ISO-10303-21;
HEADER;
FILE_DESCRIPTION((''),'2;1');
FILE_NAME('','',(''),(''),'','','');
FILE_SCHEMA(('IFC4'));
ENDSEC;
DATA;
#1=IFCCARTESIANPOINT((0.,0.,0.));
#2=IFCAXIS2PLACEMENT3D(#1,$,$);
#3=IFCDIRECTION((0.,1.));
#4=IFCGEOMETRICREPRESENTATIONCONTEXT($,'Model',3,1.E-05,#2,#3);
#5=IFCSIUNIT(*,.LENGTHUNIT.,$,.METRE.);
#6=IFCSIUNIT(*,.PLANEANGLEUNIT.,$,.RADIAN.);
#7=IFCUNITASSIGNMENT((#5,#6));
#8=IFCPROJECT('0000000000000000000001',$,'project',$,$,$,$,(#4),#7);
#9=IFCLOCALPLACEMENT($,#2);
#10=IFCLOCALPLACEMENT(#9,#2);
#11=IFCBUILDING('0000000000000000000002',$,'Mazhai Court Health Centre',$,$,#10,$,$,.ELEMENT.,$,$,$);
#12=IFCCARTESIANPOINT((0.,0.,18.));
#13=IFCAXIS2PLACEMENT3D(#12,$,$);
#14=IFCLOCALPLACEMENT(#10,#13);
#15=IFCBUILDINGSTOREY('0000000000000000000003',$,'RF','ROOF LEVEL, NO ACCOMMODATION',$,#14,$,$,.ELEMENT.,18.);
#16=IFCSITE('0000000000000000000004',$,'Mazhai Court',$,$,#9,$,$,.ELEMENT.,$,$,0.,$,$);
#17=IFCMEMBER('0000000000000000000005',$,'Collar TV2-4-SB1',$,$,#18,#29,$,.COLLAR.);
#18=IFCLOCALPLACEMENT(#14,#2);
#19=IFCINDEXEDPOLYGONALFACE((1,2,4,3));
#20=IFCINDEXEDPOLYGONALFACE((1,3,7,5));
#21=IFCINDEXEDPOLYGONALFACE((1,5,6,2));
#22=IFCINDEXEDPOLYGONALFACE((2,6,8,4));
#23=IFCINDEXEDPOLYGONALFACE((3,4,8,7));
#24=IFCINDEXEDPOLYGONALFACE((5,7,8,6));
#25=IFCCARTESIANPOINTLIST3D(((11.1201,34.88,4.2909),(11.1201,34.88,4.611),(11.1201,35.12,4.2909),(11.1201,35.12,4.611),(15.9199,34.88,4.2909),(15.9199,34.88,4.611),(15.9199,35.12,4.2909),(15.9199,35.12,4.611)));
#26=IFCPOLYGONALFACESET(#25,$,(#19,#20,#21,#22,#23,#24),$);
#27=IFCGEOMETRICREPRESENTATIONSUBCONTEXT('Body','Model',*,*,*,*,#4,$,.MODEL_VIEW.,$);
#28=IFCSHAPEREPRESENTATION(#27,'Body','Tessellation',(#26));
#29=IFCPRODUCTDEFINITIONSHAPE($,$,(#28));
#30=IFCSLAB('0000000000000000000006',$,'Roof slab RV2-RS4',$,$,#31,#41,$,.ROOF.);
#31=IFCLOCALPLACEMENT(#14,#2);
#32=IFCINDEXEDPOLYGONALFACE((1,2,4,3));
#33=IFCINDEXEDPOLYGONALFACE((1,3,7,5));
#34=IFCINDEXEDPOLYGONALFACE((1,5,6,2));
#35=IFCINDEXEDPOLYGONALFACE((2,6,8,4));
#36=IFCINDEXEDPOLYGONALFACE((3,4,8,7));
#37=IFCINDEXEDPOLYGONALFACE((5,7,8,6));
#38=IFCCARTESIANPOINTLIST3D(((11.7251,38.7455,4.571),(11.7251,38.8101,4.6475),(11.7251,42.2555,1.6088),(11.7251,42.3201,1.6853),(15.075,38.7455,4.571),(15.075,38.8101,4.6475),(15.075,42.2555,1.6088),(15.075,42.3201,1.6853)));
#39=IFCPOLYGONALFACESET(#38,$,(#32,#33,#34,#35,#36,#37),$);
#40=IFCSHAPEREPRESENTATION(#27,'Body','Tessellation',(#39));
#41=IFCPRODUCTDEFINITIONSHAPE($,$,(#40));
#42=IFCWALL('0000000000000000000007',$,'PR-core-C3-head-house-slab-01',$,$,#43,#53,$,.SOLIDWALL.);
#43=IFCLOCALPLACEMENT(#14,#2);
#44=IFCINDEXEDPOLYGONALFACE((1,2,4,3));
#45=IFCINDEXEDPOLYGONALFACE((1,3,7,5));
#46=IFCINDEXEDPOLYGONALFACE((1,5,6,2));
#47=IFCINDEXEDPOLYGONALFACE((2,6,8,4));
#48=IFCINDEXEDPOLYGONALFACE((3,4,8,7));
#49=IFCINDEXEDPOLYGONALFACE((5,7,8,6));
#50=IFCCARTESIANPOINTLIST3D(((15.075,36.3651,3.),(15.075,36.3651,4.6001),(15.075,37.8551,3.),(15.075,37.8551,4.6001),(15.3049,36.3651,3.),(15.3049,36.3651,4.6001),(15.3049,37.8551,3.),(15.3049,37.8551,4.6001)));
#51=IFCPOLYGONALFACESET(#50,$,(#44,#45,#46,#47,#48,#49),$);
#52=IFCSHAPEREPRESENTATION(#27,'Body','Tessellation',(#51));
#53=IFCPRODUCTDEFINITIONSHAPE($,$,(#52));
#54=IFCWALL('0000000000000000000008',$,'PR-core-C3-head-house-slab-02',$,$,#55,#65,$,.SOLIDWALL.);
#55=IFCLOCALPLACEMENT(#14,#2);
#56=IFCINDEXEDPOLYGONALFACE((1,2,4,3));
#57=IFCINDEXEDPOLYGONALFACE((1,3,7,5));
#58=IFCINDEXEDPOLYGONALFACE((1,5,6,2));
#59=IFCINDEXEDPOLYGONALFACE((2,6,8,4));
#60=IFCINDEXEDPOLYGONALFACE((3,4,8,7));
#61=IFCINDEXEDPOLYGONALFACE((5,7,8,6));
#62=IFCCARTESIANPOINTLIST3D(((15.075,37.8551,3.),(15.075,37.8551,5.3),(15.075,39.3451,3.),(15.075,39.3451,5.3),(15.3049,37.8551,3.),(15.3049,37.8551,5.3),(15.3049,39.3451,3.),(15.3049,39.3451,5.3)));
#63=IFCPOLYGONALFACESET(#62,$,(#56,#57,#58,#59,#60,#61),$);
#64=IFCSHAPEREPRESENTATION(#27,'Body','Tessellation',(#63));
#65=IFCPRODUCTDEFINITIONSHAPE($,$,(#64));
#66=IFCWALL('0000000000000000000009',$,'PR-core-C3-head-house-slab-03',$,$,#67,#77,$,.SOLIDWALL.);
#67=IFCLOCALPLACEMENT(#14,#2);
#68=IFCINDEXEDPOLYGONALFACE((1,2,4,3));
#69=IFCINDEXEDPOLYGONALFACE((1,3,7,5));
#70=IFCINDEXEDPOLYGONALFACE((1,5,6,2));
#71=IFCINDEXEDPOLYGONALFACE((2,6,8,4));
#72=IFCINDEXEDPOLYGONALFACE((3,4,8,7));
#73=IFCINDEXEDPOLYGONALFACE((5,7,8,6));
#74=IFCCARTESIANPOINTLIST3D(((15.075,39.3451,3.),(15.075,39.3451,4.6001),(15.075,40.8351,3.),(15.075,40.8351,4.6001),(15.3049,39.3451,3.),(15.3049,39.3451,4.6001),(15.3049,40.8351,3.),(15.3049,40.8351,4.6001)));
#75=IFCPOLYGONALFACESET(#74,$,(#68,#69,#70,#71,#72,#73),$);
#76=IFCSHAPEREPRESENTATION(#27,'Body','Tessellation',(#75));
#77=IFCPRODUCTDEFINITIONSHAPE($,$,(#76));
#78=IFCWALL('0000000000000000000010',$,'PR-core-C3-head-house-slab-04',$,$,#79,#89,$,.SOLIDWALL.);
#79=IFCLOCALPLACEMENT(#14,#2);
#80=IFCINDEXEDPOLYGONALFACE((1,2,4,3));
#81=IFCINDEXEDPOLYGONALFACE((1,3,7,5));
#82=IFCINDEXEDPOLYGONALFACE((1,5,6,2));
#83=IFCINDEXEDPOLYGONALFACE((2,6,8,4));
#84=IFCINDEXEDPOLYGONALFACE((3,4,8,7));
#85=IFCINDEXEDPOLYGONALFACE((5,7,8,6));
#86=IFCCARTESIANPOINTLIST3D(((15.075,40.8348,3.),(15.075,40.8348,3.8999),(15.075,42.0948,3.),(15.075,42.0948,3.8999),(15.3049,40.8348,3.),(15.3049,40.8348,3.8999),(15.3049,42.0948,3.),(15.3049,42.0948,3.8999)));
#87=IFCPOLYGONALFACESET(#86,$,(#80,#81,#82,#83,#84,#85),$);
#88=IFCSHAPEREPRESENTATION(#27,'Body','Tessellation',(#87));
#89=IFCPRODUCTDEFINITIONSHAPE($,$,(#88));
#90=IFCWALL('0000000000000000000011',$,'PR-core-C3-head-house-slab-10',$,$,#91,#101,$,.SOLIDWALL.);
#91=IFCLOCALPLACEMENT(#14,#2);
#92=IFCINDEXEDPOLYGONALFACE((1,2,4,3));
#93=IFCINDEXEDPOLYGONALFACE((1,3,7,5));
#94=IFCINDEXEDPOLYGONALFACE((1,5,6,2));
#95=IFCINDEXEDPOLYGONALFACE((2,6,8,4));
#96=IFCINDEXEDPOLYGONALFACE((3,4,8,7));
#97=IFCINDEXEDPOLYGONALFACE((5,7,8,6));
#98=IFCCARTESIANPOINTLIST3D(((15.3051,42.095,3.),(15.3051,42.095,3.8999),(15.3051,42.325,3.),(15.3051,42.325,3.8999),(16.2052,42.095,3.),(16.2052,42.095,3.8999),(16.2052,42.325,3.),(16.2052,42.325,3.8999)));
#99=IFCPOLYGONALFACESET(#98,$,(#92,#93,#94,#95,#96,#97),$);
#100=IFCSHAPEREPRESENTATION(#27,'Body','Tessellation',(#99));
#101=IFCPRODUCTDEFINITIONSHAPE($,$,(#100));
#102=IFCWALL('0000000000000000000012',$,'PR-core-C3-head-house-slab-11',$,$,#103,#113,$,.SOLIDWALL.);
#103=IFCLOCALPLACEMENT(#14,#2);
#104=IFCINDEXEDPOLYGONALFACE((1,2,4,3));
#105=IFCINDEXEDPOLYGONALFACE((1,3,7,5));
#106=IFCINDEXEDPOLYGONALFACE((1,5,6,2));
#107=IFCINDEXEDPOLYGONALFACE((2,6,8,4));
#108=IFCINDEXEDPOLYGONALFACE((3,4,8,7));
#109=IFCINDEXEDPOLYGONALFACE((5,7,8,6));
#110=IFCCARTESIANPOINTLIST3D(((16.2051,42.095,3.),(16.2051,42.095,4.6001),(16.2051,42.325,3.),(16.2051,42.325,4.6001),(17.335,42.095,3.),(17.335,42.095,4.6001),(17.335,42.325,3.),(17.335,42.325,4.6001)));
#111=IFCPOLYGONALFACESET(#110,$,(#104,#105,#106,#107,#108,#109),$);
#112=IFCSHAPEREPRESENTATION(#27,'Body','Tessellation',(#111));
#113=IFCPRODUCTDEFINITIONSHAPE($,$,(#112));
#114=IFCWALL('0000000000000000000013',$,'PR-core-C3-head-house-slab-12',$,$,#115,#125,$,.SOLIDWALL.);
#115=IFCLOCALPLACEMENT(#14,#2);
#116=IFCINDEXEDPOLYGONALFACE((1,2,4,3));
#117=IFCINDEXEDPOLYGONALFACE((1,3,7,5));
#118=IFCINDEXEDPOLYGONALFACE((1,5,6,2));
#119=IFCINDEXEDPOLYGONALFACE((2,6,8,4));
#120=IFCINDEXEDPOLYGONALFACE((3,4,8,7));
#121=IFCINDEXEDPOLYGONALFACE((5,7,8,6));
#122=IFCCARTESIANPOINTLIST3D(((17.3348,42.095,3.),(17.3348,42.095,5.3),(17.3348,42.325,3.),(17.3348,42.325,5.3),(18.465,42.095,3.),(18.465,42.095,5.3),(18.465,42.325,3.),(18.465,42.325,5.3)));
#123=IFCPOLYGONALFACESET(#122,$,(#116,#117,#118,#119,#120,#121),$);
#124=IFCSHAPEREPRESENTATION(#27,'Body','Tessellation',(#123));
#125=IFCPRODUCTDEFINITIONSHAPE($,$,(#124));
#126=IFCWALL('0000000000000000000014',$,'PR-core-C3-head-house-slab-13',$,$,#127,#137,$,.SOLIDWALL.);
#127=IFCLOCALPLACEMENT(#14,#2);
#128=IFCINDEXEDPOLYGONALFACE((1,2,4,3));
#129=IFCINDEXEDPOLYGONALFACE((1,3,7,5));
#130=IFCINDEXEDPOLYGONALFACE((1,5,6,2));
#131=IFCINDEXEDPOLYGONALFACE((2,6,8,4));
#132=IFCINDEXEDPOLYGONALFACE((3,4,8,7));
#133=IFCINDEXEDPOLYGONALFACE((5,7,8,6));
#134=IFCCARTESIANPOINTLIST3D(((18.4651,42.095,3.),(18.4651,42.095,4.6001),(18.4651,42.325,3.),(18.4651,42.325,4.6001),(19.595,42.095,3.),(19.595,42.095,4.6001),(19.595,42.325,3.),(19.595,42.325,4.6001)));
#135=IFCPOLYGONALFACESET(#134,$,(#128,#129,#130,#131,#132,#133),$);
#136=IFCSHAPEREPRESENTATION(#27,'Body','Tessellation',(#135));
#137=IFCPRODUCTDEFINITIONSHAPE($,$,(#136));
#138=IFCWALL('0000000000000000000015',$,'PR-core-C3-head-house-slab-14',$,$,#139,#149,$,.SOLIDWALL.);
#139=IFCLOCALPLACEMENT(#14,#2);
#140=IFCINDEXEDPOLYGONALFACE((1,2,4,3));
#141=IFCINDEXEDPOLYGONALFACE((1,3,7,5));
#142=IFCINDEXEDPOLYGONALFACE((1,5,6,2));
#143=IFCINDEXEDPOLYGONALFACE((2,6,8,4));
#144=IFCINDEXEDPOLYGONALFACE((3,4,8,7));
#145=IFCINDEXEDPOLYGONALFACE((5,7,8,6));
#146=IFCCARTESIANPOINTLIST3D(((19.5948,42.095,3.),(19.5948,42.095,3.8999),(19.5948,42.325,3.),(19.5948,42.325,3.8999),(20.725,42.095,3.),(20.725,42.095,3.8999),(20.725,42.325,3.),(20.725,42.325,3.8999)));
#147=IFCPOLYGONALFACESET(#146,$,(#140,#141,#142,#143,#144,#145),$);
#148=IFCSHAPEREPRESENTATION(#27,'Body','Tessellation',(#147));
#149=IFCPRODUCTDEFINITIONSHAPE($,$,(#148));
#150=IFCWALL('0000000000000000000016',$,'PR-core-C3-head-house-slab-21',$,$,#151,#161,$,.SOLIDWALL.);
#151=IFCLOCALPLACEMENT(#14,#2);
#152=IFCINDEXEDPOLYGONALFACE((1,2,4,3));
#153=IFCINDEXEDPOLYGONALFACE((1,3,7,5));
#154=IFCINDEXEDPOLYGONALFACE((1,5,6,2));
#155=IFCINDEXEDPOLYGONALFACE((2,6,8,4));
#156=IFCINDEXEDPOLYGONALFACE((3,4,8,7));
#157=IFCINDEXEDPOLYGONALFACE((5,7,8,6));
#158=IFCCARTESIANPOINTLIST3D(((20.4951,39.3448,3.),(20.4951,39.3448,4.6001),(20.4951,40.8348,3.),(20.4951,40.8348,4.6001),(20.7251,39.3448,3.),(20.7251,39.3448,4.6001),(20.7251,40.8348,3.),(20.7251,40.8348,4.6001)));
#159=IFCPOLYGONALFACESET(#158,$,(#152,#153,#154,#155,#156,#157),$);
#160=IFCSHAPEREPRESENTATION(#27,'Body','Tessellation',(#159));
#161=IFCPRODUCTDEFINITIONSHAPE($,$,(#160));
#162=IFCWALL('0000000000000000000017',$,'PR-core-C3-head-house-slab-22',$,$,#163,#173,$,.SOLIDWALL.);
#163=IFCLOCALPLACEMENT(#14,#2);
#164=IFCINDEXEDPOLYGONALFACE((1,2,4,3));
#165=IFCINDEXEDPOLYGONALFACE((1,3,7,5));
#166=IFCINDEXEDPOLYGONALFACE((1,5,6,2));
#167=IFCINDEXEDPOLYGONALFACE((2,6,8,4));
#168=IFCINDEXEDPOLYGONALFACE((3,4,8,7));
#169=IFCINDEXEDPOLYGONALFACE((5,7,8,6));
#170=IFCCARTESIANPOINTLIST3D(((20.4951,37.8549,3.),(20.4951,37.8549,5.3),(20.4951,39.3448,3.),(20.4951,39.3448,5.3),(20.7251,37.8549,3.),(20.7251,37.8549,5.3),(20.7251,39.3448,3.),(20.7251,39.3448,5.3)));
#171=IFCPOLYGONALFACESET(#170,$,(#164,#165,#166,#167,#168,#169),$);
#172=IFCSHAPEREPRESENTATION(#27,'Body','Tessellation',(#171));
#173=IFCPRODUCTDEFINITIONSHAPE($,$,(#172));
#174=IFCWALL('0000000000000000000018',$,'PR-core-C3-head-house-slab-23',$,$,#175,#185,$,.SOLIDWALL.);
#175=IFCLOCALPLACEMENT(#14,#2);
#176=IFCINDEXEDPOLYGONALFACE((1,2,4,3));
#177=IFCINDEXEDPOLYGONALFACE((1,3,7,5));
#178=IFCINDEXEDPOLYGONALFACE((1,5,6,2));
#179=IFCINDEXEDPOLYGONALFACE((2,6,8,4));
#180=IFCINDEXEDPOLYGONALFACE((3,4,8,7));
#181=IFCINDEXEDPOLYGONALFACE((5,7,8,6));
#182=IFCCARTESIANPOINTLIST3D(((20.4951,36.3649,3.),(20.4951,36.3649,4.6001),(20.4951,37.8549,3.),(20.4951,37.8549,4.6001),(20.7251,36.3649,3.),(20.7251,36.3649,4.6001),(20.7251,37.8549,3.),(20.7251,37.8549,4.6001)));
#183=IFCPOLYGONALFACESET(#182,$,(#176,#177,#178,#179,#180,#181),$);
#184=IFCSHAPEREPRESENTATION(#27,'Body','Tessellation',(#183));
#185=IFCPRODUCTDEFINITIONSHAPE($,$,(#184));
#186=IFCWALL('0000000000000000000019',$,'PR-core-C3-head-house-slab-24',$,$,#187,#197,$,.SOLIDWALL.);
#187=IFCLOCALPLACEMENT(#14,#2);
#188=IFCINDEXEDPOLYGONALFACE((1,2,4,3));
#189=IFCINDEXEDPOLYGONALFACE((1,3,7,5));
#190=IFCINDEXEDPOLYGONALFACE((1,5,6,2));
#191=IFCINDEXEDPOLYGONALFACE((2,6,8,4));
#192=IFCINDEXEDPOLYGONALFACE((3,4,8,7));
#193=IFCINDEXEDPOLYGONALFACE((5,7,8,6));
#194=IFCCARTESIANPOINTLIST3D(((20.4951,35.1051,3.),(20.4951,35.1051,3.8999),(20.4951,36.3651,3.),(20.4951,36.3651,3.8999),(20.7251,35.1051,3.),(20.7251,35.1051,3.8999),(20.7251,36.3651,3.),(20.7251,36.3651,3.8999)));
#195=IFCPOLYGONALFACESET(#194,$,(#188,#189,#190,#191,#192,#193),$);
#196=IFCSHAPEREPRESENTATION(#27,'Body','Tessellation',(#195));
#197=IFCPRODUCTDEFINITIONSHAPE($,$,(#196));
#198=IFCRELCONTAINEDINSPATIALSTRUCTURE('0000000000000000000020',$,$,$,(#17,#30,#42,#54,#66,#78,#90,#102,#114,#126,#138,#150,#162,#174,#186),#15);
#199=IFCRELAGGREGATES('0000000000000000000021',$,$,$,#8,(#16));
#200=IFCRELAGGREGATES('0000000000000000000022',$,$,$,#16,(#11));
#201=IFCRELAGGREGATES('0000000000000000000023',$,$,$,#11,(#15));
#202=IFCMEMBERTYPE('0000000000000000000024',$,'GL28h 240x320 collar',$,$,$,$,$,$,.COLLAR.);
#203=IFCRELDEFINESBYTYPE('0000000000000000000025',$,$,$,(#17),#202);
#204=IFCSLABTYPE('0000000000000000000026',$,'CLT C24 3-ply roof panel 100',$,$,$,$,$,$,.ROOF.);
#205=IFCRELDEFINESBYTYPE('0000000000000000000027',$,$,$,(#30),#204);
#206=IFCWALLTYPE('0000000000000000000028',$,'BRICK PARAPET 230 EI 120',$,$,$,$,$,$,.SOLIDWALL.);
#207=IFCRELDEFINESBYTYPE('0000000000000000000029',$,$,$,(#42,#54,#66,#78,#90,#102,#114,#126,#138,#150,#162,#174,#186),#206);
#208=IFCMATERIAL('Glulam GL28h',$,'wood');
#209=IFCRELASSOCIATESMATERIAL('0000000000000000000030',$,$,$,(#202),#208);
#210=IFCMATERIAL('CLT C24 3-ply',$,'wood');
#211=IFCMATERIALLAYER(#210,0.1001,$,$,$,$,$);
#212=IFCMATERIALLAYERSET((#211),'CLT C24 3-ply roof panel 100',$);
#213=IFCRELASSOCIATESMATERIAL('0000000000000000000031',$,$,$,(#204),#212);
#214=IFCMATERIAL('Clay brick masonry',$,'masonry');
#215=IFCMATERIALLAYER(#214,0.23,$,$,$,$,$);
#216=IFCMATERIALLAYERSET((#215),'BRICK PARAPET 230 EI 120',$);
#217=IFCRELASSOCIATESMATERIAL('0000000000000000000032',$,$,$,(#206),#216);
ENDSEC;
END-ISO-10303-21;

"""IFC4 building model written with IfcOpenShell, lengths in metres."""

from ifc_helpers import new_model, si_unit, direction, frame, frame_2d, origin, origin_2d, place, context, subcontext, project, spatial, polyline, rectangle, outline, extrude, material, layer, layer_set, material_profile, profile_set, type_object, element, save


model = new_model("IFC4")

# Units and contexts
model_context = context("Model", 3, precision=1e-05, world=origin(), true_north=direction((0.0, 1.0)))
body_context = subcontext(model_context, "Body", "Model", "MODEL_VIEW")
ifc_project = project(units=[si_unit("LENGTHUNIT", "METRE"), si_unit("PLANEANGLEUNIT", "RADIAN")], contexts=[model_context])

# Site, building, storey
site_placement = place(None, origin())
site = spatial("IfcSite", under=ifc_project, at=site_placement, Name="Mazhai Court", CompositionType="ELEMENT", RefElevation=0.0)
building_placement = place(site_placement, origin())
building = spatial("IfcBuilding", under=site, at=building_placement, Name="Mazhai Court Health Centre", CompositionType="ELEMENT")
storey_placement = place(building_placement, frame((0.0, 0.0, 18.0)))
storey = spatial("IfcBuildingStorey", under=building, at=storey_placement, Name="RF", Description="ROOF LEVEL, NO ACCOMMODATION", CompositionType="ELEMENT", Elevation=18.0)

# Member
ifc_material_1 = material(Name="Glulam GL28h", Category="wood")
ifc_material_profile = material_profile(ifc_material_1, rectangle(XDim=0.24, YDim=0.3201, at=origin_2d()), Name="GL28h 240x320")
ifc_profile_set = profile_set([ifc_material_profile], Name="Glulam GL28h")
member_type = type_object("IfcMemberType", Name="GL28h 240x320 collar", PredefinedType="COLLAR", material=ifc_profile_set)
member_placement = place(storey_placement, frame((15.9199, 35.0, 4.4509), z_axis=(-1.0, 0.0, 0.0), x_axis=(0.0, -1.0, 0.0)))
element("IfcMember", 1, at=member_placement, inside=storey, type_object=member_type, Name="Collar TV2-4-SB1", PredefinedType="COLLAR", context=body_context, shape_type="SweptSolid", body=[
    extrude(rectangle(XDim=0.24, YDim=0.3201, at=origin_2d()), origin(), (0.0, 0.0, 1.0), 4.7998),
])

# Slab
ifc_material_2 = material(Name="CLT C24 3-ply", Category="wood")
ifc_layer_1 = layer(ifc_material_2, 0.1001)
ifc_layer_set_1 = layer_set([ifc_layer_1], Name="CLT C24 3-ply roof panel 100")
slab_type = type_object("IfcSlabType", Name="CLT C24 3-ply roof panel 100", PredefinedType="ROOF", material=ifc_layer_set_1)
slab_placement = place(storey_placement, frame((15.075, 42.3201, 1.6853), z_axis=(0.0, 0.644946, 0.764228), x_axis=(0.0, -0.764228, 0.644946)))
element("IfcSlab", 2, at=slab_placement, inside=storey, type_object=slab_type, Name="Roof slab RV2-RS4", PredefinedType="ROOF", context=body_context, shape_type="SweptSolid", body=[
    extrude(outline(polyline([(0.0, 0.0), (4.5929, 0.0), (4.5929, -3.3499), (0.0, -3.3499), (0.0, 0.0)])), origin(), (0.0, 0.0, -1.0), 0.1001),
])

# Walls
ifc_material_3 = material(Name="Clay brick masonry", Category="masonry")
ifc_layer_2 = layer(ifc_material_3, 0.23)
ifc_layer_set_2 = layer_set([ifc_layer_2], Name="BRICK PARAPET 230 EI 120")
wall_type_1 = type_object("IfcWallType", Name="BRICK PARAPET 230 EI 120", PredefinedType="SOLIDWALL", material=ifc_layer_set_2)
wall_1_placement = place(storey_placement, frame((15.1899, 36.365, 3.0), z_axis=(0.0, 0.0, 1.0), x_axis=(0.0, 1.0, 0.0)))
element("IfcWall", 3, at=wall_1_placement, inside=storey, type_object=wall_type_1, Name="PR-core-C3-head-house-slab-01", PredefinedType="SOLIDWALL", context=body_context, shape_type="SweptSolid", body=[
    extrude(rectangle(XDim=1.49, YDim=0.23, at=frame_2d((0.7451, 0.0))), origin(), (0.0, 0.0, 1.0), 1.6001),
])
wall_2_placement = place(storey_placement, frame((15.1899, 37.855, 3.0), z_axis=(0.0, 0.0, 1.0), x_axis=(0.0, 1.0, 0.0)))
element("IfcWall", 4, at=wall_2_placement, inside=storey, type_object=wall_type_1, Name="PR-core-C3-head-house-slab-02", PredefinedType="SOLIDWALL", context=body_context, shape_type="SweptSolid", body=[
    extrude(rectangle(XDim=1.49, YDim=0.23, at=frame_2d((0.7451, 0.0))), origin(), (0.0, 0.0, 1.0), 2.3),
])
wall_3_placement = place(storey_placement, frame((15.1899, 39.345, 3.0), z_axis=(0.0, 0.0, 1.0), x_axis=(0.0, 1.0, 0.0)))
element("IfcWall", 5, at=wall_3_placement, inside=storey, type_object=wall_type_1, Name="PR-core-C3-head-house-slab-03", PredefinedType="SOLIDWALL", context=body_context, shape_type="SweptSolid", body=[
    extrude(rectangle(XDim=1.49, YDim=0.23, at=frame_2d((0.7451, 0.0))), origin(), (0.0, 0.0, 1.0), 1.6001),
])
wall_4_placement = place(storey_placement, frame((15.1899, 40.835, 3.0), z_axis=(0.0, 0.0, 1.0), x_axis=(0.0, 1.0, 0.0)))
element("IfcWall", 6, at=wall_4_placement, inside=storey, type_object=wall_type_1, Name="PR-core-C3-head-house-slab-04", PredefinedType="SOLIDWALL", context=body_context, shape_type="SweptSolid", body=[
    extrude(rectangle(XDim=1.26, YDim=0.23, at=frame_2d((0.6299, 0.0))), origin(), (0.0, 0.0, 1.0), 0.8999),
])
wall_5_placement = place(storey_placement, frame((15.3049, 42.21, 3.0), z_axis=(0.0, 0.0, 1.0), x_axis=(1.0, 0.0, 0.0)))
element("IfcWall", 7, at=wall_5_placement, inside=storey, type_object=wall_type_1, Name="PR-core-C3-head-house-slab-10", PredefinedType="SOLIDWALL", context=body_context, shape_type="SweptSolid", body=[
    extrude(rectangle(XDim=0.9001, YDim=0.23, at=frame_2d((0.4502, 0.0))), origin(), (0.0, 0.0, 1.0), 0.8999),
])
wall_6_placement = place(storey_placement, frame((16.2051, 42.21, 3.0), z_axis=(0.0, 0.0, 1.0), x_axis=(1.0, 0.0, 0.0)))
element("IfcWall", 8, at=wall_6_placement, inside=storey, type_object=wall_type_1, Name="PR-core-C3-head-house-slab-11", PredefinedType="SOLIDWALL", context=body_context, shape_type="SweptSolid", body=[
    extrude(rectangle(XDim=1.1299, YDim=0.23, at=frame_2d((0.5649, 0.0))), origin(), (0.0, 0.0, 1.0), 1.6001),
])
wall_7_placement = place(storey_placement, frame((17.335, 42.21, 3.0), z_axis=(0.0, 0.0, 1.0), x_axis=(1.0, 0.0, 0.0)))
element("IfcWall", 9, at=wall_7_placement, inside=storey, type_object=wall_type_1, Name="PR-core-C3-head-house-slab-12", PredefinedType="SOLIDWALL", context=body_context, shape_type="SweptSolid", body=[
    extrude(rectangle(XDim=1.1301, YDim=0.23, at=frame_2d((0.5649, 0.0))), origin(), (0.0, 0.0, 1.0), 2.3),
])
wall_8_placement = place(storey_placement, frame((18.4651, 42.21, 3.0), z_axis=(0.0, 0.0, 1.0), x_axis=(1.0, 0.0, 0.0)))
element("IfcWall", 10, at=wall_8_placement, inside=storey, type_object=wall_type_1, Name="PR-core-C3-head-house-slab-13", PredefinedType="SOLIDWALL", context=body_context, shape_type="SweptSolid", body=[
    extrude(rectangle(XDim=1.1299, YDim=0.23, at=frame_2d((0.5649, 0.0))), origin(), (0.0, 0.0, 1.0), 1.6001),
])
wall_9_placement = place(storey_placement, frame((19.595, 42.21, 3.0), z_axis=(0.0, 0.0, 1.0), x_axis=(1.0, 0.0, 0.0)))
element("IfcWall", 11, at=wall_9_placement, inside=storey, type_object=wall_type_1, Name="PR-core-C3-head-house-slab-14", PredefinedType="SOLIDWALL", context=body_context, shape_type="SweptSolid", body=[
    extrude(rectangle(XDim=1.1301, YDim=0.23, at=frame_2d((0.5649, 0.0))), origin(), (0.0, 0.0, 1.0), 0.8999),
])
wall_10_placement = place(storey_placement, frame((20.6101, 40.835, 3.0), z_axis=(0.0, 0.0, 1.0), x_axis=(0.0, -1.0, 0.0)))
element("IfcWall", 12, at=wall_10_placement, inside=storey, type_object=wall_type_1, Name="PR-core-C3-head-house-slab-21", PredefinedType="SOLIDWALL", context=body_context, shape_type="SweptSolid", body=[
    extrude(rectangle(XDim=1.49, YDim=0.23, at=frame_2d((0.7451, 0.0))), origin(), (0.0, 0.0, 1.0), 1.6001),
])
wall_11_placement = place(storey_placement, frame((20.6101, 39.345, 3.0), z_axis=(0.0, 0.0, 1.0), x_axis=(0.0, -1.0, 0.0)))
element("IfcWall", 13, at=wall_11_placement, inside=storey, type_object=wall_type_1, Name="PR-core-C3-head-house-slab-22", PredefinedType="SOLIDWALL", context=body_context, shape_type="SweptSolid", body=[
    extrude(rectangle(XDim=1.49, YDim=0.23, at=frame_2d((0.7451, 0.0))), origin(), (0.0, 0.0, 1.0), 2.3),
])
wall_12_placement = place(storey_placement, frame((20.6101, 37.855, 3.0), z_axis=(0.0, 0.0, 1.0), x_axis=(0.0, -1.0, 0.0)))
element("IfcWall", 14, at=wall_12_placement, inside=storey, type_object=wall_type_1, Name="PR-core-C3-head-house-slab-23", PredefinedType="SOLIDWALL", context=body_context, shape_type="SweptSolid", body=[
    extrude(rectangle(XDim=1.49, YDim=0.23, at=frame_2d((0.7451, 0.0))), origin(), (0.0, 0.0, 1.0), 1.6001),
])
wall_13_placement = place(storey_placement, frame((20.6101, 36.365, 3.0), z_axis=(0.0, 0.0, 1.0), x_axis=(0.0, -1.0, 0.0)))
element("IfcWall", 15, at=wall_13_placement, inside=storey, type_object=wall_type_1, Name="PR-core-C3-head-house-slab-24", PredefinedType="SOLIDWALL", context=body_context, shape_type="SweptSolid", body=[
    extrude(rectangle(XDim=1.26, YDim=0.23, at=frame_2d((0.6299, 0.0))), origin(), (0.0, 0.0, 1.0), 0.8999),
])

save(model, "model.ifc")
